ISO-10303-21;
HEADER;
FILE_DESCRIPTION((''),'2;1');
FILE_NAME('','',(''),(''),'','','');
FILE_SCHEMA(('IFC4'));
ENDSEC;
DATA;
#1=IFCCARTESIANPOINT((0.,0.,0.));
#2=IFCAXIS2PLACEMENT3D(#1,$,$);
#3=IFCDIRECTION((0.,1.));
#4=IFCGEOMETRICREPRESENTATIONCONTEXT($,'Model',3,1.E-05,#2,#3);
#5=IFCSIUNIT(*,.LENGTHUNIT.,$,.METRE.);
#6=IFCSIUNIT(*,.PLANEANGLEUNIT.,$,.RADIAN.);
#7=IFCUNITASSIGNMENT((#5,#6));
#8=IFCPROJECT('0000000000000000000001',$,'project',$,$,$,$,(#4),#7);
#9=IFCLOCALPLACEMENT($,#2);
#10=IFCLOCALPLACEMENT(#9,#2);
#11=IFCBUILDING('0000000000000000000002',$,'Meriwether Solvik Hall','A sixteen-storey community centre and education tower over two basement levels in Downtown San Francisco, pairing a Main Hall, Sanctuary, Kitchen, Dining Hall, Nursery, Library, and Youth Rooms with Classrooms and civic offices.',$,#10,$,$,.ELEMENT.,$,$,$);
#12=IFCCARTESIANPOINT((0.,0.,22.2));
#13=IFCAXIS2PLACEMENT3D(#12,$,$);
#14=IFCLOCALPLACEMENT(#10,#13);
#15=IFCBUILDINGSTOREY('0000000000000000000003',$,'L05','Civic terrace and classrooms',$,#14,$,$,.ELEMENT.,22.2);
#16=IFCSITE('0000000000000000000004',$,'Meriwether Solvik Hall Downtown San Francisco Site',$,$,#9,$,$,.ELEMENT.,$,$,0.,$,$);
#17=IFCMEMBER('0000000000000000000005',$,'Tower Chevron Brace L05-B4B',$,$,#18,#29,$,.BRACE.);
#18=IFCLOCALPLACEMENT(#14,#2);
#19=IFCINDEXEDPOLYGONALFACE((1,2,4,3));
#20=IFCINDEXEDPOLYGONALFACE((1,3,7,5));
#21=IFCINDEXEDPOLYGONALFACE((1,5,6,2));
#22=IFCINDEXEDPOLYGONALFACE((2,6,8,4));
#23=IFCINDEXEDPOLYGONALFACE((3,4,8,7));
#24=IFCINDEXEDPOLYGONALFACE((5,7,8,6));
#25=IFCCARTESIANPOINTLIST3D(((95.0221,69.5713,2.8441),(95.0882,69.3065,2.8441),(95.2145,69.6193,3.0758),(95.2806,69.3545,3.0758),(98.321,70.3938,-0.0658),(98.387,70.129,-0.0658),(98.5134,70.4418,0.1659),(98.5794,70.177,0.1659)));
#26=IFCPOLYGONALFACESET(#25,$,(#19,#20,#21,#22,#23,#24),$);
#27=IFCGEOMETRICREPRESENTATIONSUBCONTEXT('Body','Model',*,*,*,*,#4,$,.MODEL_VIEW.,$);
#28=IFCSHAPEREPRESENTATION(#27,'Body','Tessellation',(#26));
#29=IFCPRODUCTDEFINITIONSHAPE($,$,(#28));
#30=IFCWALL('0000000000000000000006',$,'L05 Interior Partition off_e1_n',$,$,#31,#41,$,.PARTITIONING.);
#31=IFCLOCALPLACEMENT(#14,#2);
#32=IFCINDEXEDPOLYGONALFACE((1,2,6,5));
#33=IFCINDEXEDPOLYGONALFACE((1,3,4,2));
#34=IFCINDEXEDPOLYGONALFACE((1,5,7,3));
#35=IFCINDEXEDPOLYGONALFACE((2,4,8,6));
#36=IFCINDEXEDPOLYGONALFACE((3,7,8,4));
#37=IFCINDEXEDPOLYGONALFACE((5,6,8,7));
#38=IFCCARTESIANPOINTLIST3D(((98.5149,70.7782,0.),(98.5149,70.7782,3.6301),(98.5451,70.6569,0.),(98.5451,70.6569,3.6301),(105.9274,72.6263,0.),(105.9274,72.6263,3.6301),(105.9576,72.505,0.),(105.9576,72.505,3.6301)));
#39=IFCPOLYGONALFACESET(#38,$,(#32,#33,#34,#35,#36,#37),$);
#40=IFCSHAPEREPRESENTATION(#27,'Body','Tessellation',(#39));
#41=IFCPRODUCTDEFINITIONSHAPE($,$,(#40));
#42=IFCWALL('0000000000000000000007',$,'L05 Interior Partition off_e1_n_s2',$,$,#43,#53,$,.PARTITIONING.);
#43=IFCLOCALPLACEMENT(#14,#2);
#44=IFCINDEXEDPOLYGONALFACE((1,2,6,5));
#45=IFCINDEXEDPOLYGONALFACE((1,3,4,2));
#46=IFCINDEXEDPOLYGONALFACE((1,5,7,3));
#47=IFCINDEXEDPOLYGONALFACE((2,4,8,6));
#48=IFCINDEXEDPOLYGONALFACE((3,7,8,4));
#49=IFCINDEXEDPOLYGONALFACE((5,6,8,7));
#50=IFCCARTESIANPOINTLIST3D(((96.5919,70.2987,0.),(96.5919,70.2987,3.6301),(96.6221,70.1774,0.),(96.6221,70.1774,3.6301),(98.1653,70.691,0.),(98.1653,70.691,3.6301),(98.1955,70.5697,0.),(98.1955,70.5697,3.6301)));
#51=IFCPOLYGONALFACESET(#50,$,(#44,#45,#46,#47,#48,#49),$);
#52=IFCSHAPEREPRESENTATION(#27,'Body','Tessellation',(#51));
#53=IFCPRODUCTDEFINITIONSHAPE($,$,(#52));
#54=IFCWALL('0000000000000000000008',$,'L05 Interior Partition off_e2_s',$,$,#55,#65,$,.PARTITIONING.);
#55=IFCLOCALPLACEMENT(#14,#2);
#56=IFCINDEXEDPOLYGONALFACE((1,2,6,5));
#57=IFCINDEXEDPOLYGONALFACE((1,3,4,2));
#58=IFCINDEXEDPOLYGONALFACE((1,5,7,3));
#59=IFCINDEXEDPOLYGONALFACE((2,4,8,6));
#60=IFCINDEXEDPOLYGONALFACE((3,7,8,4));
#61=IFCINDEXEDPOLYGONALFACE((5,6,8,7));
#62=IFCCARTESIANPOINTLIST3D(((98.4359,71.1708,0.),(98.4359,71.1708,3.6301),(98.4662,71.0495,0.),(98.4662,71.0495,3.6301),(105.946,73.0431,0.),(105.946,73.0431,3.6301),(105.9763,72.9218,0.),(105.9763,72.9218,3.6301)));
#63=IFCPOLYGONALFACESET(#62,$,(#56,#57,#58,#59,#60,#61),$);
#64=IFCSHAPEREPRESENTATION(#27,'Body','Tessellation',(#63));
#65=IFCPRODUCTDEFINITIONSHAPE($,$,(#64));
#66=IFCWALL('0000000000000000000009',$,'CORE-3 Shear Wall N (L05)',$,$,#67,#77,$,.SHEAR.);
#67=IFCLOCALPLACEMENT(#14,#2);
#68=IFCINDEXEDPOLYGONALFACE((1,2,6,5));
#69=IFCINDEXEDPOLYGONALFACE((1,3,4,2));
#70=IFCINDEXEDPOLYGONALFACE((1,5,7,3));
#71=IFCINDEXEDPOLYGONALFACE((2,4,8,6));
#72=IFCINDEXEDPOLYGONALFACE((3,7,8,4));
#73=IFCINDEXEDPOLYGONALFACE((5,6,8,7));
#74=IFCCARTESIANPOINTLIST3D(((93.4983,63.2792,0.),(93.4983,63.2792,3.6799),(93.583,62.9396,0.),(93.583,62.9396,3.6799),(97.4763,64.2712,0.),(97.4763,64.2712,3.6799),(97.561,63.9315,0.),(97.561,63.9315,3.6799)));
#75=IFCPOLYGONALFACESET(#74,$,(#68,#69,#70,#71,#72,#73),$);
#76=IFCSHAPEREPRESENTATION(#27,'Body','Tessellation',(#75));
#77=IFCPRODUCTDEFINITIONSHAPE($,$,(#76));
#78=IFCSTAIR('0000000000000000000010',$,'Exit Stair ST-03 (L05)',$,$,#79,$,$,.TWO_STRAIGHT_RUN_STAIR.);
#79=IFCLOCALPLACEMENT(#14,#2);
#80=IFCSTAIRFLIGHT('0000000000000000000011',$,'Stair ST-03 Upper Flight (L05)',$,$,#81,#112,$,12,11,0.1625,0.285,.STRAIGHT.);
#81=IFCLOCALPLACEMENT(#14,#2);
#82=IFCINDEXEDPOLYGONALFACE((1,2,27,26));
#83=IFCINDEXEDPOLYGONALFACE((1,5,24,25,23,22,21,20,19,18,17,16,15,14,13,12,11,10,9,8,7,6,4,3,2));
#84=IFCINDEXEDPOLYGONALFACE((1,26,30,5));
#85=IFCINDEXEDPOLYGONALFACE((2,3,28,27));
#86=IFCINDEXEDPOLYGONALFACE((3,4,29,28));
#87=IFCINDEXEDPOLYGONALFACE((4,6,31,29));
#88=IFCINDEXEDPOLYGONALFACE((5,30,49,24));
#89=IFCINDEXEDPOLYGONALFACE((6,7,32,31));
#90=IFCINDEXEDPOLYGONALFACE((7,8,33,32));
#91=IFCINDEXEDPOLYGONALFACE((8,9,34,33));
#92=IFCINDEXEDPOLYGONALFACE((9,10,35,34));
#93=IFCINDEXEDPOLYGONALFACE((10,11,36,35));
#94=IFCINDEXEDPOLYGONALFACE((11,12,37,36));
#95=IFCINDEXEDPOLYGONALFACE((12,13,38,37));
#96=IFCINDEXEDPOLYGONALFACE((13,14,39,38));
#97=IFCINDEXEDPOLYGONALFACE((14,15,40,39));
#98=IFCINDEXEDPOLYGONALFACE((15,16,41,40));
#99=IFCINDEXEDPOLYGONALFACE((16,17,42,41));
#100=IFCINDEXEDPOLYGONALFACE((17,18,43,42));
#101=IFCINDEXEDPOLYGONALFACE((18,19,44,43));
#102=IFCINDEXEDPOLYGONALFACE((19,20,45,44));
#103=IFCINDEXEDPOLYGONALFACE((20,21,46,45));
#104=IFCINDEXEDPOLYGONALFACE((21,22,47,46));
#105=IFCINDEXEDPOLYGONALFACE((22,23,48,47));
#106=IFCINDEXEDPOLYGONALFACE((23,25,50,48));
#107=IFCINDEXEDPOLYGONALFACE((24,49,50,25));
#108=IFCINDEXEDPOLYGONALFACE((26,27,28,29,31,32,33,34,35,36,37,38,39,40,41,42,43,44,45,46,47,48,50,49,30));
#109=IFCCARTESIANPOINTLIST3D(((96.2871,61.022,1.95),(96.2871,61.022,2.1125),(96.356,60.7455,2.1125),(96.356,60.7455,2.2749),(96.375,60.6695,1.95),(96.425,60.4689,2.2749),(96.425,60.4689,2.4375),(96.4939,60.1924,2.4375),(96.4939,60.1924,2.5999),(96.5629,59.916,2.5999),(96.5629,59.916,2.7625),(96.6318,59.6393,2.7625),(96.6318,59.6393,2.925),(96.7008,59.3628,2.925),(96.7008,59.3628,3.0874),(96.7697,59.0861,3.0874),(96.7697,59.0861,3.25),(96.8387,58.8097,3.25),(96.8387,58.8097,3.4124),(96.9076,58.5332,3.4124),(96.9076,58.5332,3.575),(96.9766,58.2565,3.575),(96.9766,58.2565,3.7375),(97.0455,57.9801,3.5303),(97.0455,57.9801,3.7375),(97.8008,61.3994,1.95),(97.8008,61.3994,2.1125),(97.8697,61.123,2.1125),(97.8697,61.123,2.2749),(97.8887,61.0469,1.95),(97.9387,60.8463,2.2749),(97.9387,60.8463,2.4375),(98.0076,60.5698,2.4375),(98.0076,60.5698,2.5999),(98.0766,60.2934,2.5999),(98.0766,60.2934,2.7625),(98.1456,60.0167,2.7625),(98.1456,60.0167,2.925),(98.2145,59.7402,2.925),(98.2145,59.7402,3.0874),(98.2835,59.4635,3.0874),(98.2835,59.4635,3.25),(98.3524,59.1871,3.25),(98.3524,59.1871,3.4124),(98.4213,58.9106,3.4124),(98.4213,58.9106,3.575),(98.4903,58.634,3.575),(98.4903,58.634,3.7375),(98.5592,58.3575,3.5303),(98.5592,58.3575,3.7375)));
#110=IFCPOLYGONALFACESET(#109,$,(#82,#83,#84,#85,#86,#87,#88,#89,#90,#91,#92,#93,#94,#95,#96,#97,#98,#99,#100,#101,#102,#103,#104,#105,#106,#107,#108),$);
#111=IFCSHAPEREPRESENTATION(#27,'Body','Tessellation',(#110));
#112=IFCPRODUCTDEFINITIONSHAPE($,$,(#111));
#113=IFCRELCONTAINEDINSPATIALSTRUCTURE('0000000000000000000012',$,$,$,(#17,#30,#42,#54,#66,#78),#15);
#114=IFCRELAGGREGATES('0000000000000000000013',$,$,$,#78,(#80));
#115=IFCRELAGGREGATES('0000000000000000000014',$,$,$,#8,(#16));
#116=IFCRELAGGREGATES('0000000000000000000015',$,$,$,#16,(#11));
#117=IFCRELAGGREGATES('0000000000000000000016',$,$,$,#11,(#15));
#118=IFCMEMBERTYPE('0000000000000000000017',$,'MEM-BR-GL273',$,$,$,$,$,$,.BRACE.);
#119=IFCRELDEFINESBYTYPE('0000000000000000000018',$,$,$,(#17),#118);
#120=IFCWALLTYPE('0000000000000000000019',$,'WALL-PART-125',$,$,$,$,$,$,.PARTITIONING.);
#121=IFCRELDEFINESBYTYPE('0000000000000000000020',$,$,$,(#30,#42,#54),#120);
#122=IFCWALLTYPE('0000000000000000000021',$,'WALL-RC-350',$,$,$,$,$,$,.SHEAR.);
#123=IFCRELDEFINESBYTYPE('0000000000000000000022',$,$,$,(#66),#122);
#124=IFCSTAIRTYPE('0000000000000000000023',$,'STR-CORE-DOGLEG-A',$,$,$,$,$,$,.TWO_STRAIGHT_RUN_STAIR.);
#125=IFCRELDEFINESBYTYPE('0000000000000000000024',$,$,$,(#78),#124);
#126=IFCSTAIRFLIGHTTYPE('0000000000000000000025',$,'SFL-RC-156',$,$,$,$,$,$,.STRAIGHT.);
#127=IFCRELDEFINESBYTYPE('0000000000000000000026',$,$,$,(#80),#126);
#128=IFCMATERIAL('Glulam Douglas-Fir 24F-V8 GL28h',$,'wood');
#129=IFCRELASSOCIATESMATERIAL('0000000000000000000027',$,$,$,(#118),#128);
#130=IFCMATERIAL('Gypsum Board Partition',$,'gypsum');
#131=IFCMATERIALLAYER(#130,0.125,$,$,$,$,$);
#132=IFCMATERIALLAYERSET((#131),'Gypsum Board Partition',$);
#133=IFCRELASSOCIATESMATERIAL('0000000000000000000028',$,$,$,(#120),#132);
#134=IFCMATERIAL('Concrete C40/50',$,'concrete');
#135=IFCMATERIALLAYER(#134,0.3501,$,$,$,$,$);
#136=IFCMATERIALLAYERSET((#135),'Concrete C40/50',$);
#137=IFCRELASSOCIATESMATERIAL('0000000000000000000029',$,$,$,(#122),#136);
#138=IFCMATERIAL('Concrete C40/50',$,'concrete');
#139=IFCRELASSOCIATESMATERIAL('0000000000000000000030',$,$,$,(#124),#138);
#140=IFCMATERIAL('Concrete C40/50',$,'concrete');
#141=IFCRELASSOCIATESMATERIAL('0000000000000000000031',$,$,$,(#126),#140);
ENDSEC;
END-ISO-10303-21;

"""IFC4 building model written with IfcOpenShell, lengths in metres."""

from ifc_helpers import new_model, si_unit, direction, frame, frame_2d, origin, origin_2d, place, context, subcontext, project, spatial, polyline, rectangle, outline, extrude, material, layer, layer_set, material_profile, profile_set, type_object, element, aggregate, save


model = new_model("IFC4")

# Units and contexts
model_context = context("Model", 3, precision=1e-05, world=origin(), true_north=direction((0.0, 1.0)))
body_context = subcontext(model_context, "Body", "Model", "MODEL_VIEW")
ifc_project = project(units=[si_unit("LENGTHUNIT", "METRE"), si_unit("PLANEANGLEUNIT", "RADIAN")], contexts=[model_context])

# Site, building, storey
site_placement = place(None, origin())
site = spatial("IfcSite", under=ifc_project, at=site_placement, Name="Meriwether Solvik Hall Downtown San Francisco Site", CompositionType="ELEMENT", RefElevation=0.0)
building_placement = place(site_placement, origin())
building = spatial("IfcBuilding", under=site, at=building_placement, Name="Meriwether Solvik Hall", Description="A sixteen-storey community centre and education tower over two basement levels in Downtown San Francisco, pairing a Main Hall, Sanctuary, Kitchen, Dining Hall, Nursery, Library, and Youth Rooms with Classrooms and civic offices.", CompositionType="ELEMENT")
storey_placement = place(building_placement, frame((0.0, 0.0, 22.2)))
storey = spatial("IfcBuildingStorey", under=building, at=storey_placement, Name="L05", Description="Civic terrace and classrooms", CompositionType="ELEMENT", Elevation=22.2)

# Member
ifc_material_1 = material(Name="Glulam Douglas-Fir 24F-V8 GL28h", Category="wood")
ifc_material_profile_1 = material_profile(ifc_material_1, rectangle(XDim=0.2729, YDim=0.3049, at=origin_2d()), Name="GLM-273X305")
ifc_profile_set_1 = profile_set([ifc_material_profile_1], Name="Glulam Douglas-Fir 24F-V8 GL28h")
member_type = type_object("IfcMemberType", Name="MEM-BR-GL273", PredefinedType="BRACE", material=ifc_profile_set_1)
member_placement = place(storey_placement, frame((98.4502, 70.2854, 0.05), z_axis=(-0.737154, -0.183798, 0.650247), x_axis=(0.241927, -0.970294, 0.0)))
element("IfcMember", 1, at=member_placement, inside=storey, type_object=member_type, Name="Tower Chevron Brace L05-B4B", PredefinedType="BRACE", context=body_context, shape_type="SweptSolid", body=[
    extrude(rectangle(XDim=0.2729, YDim=0.3049, at=origin_2d()), origin(), (0.0, 0.0, 1.0), 4.4751),
])

# Walls
ifc_material_2 = material(Name="Gypsum Board Partition", Category="gypsum")
ifc_layer_1 = layer(ifc_material_2, 0.125)
ifc_layer_set_1 = layer_set([ifc_layer_1], Name="Gypsum Board Partition")
wall_type_1 = type_object("IfcWallType", Name="WALL-PART-125", PredefinedType="PARTITIONING", material=ifc_layer_set_1)
wall_1_placement = place(storey_placement, frame((105.9426, 72.5657, 0.0), z_axis=(0.0, 0.0, 1.0), x_axis=(-0.970296, -0.241919, 0.0)))
element("IfcWall", 2, at=wall_1_placement, inside=storey, type_object=wall_type_1, Name="L05 Interior Partition off_e1_n", PredefinedType="PARTITIONING", context=body_context, shape_type="SweptSolid", body=[
    extrude(rectangle(XDim=7.6394, YDim=0.125, at=frame_2d((3.8198, 0.0))), origin(), (0.0, 0.0, 1.0), 3.6301),
])
wall_2_placement = place(storey_placement, frame((98.1804, 70.6304, 0.0), z_axis=(0.0, 0.0, 1.0), x_axis=(-0.970293, -0.241933, 0.0)))
element("IfcWall", 3, at=wall_2_placement, inside=storey, type_object=wall_type_1, Name="L05 Interior Partition off_e1_n_s2", PredefinedType="PARTITIONING", context=body_context, shape_type="SweptSolid", body=[
    extrude(rectangle(XDim=1.6216, YDim=0.125, at=frame_2d((0.8108, 0.0))), origin(), (0.0, 0.0, 1.0), 3.6301),
])
wall_3_placement = place(storey_placement, frame((98.4509, 71.1101, 0.0), z_axis=(0.0, 0.0, 1.0), x_axis=(0.9703, 0.241905, 0.0)))
element("IfcWall", 4, at=wall_3_placement, inside=storey, type_object=wall_type_1, Name="L05 Interior Partition off_e2_s", PredefinedType="PARTITIONING", context=body_context, shape_type="SweptSolid", body=[
    extrude(rectangle(XDim=7.74, YDim=0.125, at=frame_2d((3.8701, 0.0))), origin(), (0.0, 0.0, 1.0), 3.6301),
])
ifc_material_3 = material(Name="Concrete C40/50", Category="concrete")
ifc_layer_2 = layer(ifc_material_3, 0.3501)
ifc_layer_set_2 = layer_set([ifc_layer_2], Name="Concrete C40/50")
wall_type_2 = type_object("IfcWallType", Name="WALL-RC-350", PredefinedType="SHEAR", material=ifc_layer_set_2)
wall_4_placement = place(storey_placement, frame((97.5186, 64.1013, 0.0), z_axis=(0.0, 0.0, 1.0), x_axis=(-0.970289, -0.241947, 0.0)))
element("IfcWall", 5, at=wall_4_placement, inside=storey, type_object=wall_type_2, Name="CORE-3 Shear Wall N (L05)", PredefinedType="SHEAR", context=body_context, shape_type="SweptSolid", body=[
    extrude(rectangle(XDim=4.0999, YDim=0.3501, at=frame_2d((2.0498, 0.0))), origin(), (0.0, 0.0, 1.0), 3.6799),
])

# Stair, stair flight
ifc_material_4 = material(Name="Concrete C40/50", Category="concrete")
stair_type = type_object("IfcStairType", Name="STR-CORE-DOGLEG-A", PredefinedType="TWO_STRAIGHT_RUN_STAIR", material=ifc_material_4)
stair_placement = place(storey_placement, origin())
stair = element("IfcStair", 6, at=stair_placement, inside=storey, type_object=stair_type, Name="Exit Stair ST-03 (L05)", PredefinedType="TWO_STRAIGHT_RUN_STAIR")
ifc_material_5 = material(Name="Concrete C40/50", Category="concrete")
stair_flight_type = type_object("IfcStairFlightType", Name="SFL-RC-156", PredefinedType="STRAIGHT", material=ifc_material_5)
stair_flight_placement = place(storey_placement, frame((97.0439, 61.2107, 1.95), z_axis=(0.0, 0.0, 1.0), x_axis=(0.241922, -0.970296, 0.0)))
stair_flight = element("IfcStairFlight", 7, at=stair_flight_placement, type_object=stair_flight_type, Name="Stair ST-03 Upper Flight (L05)", NumberOfRisers=12, NumberOfTreads=11, PredefinedType="STRAIGHT", RiserHeight=0.1625, TreadLength=0.285, context=body_context, shape_type="SweptSolid", body=[
    extrude(outline(polyline([(0.0, 0.0), (0.0, 0.1626), (0.2849, 0.1626), (0.2849, 0.325), (0.5701, 0.325), (0.5701, 0.4875), (0.855, 0.4875), (0.855, 0.6499), (1.1399, 0.6499), (1.1399, 0.8125), (1.425, 0.8125), (1.425, 0.9751), (1.71, 0.9751), (1.71, 1.1375), (1.9951, 1.1375), (1.9951, 1.3), (2.28, 1.3), (2.28, 1.4624), (2.5649, 1.4624), (2.5649, 1.625), (2.8501, 1.625), (2.8501, 1.7876), (3.135, 1.7876), (3.135, 1.95), (3.135, 1.5803), (0.3633, 0.0), (0.0, 0.0)])), frame((0.0, 0.78, 0.0), z_axis=(0.0, -1.0, 0.0), x_axis=(1.0, 0.0, 0.0)), (0.0, 0.0, 1.0), 1.5601),
])
aggregate(stair, [stair_flight])

save(model, "model.ifc")
